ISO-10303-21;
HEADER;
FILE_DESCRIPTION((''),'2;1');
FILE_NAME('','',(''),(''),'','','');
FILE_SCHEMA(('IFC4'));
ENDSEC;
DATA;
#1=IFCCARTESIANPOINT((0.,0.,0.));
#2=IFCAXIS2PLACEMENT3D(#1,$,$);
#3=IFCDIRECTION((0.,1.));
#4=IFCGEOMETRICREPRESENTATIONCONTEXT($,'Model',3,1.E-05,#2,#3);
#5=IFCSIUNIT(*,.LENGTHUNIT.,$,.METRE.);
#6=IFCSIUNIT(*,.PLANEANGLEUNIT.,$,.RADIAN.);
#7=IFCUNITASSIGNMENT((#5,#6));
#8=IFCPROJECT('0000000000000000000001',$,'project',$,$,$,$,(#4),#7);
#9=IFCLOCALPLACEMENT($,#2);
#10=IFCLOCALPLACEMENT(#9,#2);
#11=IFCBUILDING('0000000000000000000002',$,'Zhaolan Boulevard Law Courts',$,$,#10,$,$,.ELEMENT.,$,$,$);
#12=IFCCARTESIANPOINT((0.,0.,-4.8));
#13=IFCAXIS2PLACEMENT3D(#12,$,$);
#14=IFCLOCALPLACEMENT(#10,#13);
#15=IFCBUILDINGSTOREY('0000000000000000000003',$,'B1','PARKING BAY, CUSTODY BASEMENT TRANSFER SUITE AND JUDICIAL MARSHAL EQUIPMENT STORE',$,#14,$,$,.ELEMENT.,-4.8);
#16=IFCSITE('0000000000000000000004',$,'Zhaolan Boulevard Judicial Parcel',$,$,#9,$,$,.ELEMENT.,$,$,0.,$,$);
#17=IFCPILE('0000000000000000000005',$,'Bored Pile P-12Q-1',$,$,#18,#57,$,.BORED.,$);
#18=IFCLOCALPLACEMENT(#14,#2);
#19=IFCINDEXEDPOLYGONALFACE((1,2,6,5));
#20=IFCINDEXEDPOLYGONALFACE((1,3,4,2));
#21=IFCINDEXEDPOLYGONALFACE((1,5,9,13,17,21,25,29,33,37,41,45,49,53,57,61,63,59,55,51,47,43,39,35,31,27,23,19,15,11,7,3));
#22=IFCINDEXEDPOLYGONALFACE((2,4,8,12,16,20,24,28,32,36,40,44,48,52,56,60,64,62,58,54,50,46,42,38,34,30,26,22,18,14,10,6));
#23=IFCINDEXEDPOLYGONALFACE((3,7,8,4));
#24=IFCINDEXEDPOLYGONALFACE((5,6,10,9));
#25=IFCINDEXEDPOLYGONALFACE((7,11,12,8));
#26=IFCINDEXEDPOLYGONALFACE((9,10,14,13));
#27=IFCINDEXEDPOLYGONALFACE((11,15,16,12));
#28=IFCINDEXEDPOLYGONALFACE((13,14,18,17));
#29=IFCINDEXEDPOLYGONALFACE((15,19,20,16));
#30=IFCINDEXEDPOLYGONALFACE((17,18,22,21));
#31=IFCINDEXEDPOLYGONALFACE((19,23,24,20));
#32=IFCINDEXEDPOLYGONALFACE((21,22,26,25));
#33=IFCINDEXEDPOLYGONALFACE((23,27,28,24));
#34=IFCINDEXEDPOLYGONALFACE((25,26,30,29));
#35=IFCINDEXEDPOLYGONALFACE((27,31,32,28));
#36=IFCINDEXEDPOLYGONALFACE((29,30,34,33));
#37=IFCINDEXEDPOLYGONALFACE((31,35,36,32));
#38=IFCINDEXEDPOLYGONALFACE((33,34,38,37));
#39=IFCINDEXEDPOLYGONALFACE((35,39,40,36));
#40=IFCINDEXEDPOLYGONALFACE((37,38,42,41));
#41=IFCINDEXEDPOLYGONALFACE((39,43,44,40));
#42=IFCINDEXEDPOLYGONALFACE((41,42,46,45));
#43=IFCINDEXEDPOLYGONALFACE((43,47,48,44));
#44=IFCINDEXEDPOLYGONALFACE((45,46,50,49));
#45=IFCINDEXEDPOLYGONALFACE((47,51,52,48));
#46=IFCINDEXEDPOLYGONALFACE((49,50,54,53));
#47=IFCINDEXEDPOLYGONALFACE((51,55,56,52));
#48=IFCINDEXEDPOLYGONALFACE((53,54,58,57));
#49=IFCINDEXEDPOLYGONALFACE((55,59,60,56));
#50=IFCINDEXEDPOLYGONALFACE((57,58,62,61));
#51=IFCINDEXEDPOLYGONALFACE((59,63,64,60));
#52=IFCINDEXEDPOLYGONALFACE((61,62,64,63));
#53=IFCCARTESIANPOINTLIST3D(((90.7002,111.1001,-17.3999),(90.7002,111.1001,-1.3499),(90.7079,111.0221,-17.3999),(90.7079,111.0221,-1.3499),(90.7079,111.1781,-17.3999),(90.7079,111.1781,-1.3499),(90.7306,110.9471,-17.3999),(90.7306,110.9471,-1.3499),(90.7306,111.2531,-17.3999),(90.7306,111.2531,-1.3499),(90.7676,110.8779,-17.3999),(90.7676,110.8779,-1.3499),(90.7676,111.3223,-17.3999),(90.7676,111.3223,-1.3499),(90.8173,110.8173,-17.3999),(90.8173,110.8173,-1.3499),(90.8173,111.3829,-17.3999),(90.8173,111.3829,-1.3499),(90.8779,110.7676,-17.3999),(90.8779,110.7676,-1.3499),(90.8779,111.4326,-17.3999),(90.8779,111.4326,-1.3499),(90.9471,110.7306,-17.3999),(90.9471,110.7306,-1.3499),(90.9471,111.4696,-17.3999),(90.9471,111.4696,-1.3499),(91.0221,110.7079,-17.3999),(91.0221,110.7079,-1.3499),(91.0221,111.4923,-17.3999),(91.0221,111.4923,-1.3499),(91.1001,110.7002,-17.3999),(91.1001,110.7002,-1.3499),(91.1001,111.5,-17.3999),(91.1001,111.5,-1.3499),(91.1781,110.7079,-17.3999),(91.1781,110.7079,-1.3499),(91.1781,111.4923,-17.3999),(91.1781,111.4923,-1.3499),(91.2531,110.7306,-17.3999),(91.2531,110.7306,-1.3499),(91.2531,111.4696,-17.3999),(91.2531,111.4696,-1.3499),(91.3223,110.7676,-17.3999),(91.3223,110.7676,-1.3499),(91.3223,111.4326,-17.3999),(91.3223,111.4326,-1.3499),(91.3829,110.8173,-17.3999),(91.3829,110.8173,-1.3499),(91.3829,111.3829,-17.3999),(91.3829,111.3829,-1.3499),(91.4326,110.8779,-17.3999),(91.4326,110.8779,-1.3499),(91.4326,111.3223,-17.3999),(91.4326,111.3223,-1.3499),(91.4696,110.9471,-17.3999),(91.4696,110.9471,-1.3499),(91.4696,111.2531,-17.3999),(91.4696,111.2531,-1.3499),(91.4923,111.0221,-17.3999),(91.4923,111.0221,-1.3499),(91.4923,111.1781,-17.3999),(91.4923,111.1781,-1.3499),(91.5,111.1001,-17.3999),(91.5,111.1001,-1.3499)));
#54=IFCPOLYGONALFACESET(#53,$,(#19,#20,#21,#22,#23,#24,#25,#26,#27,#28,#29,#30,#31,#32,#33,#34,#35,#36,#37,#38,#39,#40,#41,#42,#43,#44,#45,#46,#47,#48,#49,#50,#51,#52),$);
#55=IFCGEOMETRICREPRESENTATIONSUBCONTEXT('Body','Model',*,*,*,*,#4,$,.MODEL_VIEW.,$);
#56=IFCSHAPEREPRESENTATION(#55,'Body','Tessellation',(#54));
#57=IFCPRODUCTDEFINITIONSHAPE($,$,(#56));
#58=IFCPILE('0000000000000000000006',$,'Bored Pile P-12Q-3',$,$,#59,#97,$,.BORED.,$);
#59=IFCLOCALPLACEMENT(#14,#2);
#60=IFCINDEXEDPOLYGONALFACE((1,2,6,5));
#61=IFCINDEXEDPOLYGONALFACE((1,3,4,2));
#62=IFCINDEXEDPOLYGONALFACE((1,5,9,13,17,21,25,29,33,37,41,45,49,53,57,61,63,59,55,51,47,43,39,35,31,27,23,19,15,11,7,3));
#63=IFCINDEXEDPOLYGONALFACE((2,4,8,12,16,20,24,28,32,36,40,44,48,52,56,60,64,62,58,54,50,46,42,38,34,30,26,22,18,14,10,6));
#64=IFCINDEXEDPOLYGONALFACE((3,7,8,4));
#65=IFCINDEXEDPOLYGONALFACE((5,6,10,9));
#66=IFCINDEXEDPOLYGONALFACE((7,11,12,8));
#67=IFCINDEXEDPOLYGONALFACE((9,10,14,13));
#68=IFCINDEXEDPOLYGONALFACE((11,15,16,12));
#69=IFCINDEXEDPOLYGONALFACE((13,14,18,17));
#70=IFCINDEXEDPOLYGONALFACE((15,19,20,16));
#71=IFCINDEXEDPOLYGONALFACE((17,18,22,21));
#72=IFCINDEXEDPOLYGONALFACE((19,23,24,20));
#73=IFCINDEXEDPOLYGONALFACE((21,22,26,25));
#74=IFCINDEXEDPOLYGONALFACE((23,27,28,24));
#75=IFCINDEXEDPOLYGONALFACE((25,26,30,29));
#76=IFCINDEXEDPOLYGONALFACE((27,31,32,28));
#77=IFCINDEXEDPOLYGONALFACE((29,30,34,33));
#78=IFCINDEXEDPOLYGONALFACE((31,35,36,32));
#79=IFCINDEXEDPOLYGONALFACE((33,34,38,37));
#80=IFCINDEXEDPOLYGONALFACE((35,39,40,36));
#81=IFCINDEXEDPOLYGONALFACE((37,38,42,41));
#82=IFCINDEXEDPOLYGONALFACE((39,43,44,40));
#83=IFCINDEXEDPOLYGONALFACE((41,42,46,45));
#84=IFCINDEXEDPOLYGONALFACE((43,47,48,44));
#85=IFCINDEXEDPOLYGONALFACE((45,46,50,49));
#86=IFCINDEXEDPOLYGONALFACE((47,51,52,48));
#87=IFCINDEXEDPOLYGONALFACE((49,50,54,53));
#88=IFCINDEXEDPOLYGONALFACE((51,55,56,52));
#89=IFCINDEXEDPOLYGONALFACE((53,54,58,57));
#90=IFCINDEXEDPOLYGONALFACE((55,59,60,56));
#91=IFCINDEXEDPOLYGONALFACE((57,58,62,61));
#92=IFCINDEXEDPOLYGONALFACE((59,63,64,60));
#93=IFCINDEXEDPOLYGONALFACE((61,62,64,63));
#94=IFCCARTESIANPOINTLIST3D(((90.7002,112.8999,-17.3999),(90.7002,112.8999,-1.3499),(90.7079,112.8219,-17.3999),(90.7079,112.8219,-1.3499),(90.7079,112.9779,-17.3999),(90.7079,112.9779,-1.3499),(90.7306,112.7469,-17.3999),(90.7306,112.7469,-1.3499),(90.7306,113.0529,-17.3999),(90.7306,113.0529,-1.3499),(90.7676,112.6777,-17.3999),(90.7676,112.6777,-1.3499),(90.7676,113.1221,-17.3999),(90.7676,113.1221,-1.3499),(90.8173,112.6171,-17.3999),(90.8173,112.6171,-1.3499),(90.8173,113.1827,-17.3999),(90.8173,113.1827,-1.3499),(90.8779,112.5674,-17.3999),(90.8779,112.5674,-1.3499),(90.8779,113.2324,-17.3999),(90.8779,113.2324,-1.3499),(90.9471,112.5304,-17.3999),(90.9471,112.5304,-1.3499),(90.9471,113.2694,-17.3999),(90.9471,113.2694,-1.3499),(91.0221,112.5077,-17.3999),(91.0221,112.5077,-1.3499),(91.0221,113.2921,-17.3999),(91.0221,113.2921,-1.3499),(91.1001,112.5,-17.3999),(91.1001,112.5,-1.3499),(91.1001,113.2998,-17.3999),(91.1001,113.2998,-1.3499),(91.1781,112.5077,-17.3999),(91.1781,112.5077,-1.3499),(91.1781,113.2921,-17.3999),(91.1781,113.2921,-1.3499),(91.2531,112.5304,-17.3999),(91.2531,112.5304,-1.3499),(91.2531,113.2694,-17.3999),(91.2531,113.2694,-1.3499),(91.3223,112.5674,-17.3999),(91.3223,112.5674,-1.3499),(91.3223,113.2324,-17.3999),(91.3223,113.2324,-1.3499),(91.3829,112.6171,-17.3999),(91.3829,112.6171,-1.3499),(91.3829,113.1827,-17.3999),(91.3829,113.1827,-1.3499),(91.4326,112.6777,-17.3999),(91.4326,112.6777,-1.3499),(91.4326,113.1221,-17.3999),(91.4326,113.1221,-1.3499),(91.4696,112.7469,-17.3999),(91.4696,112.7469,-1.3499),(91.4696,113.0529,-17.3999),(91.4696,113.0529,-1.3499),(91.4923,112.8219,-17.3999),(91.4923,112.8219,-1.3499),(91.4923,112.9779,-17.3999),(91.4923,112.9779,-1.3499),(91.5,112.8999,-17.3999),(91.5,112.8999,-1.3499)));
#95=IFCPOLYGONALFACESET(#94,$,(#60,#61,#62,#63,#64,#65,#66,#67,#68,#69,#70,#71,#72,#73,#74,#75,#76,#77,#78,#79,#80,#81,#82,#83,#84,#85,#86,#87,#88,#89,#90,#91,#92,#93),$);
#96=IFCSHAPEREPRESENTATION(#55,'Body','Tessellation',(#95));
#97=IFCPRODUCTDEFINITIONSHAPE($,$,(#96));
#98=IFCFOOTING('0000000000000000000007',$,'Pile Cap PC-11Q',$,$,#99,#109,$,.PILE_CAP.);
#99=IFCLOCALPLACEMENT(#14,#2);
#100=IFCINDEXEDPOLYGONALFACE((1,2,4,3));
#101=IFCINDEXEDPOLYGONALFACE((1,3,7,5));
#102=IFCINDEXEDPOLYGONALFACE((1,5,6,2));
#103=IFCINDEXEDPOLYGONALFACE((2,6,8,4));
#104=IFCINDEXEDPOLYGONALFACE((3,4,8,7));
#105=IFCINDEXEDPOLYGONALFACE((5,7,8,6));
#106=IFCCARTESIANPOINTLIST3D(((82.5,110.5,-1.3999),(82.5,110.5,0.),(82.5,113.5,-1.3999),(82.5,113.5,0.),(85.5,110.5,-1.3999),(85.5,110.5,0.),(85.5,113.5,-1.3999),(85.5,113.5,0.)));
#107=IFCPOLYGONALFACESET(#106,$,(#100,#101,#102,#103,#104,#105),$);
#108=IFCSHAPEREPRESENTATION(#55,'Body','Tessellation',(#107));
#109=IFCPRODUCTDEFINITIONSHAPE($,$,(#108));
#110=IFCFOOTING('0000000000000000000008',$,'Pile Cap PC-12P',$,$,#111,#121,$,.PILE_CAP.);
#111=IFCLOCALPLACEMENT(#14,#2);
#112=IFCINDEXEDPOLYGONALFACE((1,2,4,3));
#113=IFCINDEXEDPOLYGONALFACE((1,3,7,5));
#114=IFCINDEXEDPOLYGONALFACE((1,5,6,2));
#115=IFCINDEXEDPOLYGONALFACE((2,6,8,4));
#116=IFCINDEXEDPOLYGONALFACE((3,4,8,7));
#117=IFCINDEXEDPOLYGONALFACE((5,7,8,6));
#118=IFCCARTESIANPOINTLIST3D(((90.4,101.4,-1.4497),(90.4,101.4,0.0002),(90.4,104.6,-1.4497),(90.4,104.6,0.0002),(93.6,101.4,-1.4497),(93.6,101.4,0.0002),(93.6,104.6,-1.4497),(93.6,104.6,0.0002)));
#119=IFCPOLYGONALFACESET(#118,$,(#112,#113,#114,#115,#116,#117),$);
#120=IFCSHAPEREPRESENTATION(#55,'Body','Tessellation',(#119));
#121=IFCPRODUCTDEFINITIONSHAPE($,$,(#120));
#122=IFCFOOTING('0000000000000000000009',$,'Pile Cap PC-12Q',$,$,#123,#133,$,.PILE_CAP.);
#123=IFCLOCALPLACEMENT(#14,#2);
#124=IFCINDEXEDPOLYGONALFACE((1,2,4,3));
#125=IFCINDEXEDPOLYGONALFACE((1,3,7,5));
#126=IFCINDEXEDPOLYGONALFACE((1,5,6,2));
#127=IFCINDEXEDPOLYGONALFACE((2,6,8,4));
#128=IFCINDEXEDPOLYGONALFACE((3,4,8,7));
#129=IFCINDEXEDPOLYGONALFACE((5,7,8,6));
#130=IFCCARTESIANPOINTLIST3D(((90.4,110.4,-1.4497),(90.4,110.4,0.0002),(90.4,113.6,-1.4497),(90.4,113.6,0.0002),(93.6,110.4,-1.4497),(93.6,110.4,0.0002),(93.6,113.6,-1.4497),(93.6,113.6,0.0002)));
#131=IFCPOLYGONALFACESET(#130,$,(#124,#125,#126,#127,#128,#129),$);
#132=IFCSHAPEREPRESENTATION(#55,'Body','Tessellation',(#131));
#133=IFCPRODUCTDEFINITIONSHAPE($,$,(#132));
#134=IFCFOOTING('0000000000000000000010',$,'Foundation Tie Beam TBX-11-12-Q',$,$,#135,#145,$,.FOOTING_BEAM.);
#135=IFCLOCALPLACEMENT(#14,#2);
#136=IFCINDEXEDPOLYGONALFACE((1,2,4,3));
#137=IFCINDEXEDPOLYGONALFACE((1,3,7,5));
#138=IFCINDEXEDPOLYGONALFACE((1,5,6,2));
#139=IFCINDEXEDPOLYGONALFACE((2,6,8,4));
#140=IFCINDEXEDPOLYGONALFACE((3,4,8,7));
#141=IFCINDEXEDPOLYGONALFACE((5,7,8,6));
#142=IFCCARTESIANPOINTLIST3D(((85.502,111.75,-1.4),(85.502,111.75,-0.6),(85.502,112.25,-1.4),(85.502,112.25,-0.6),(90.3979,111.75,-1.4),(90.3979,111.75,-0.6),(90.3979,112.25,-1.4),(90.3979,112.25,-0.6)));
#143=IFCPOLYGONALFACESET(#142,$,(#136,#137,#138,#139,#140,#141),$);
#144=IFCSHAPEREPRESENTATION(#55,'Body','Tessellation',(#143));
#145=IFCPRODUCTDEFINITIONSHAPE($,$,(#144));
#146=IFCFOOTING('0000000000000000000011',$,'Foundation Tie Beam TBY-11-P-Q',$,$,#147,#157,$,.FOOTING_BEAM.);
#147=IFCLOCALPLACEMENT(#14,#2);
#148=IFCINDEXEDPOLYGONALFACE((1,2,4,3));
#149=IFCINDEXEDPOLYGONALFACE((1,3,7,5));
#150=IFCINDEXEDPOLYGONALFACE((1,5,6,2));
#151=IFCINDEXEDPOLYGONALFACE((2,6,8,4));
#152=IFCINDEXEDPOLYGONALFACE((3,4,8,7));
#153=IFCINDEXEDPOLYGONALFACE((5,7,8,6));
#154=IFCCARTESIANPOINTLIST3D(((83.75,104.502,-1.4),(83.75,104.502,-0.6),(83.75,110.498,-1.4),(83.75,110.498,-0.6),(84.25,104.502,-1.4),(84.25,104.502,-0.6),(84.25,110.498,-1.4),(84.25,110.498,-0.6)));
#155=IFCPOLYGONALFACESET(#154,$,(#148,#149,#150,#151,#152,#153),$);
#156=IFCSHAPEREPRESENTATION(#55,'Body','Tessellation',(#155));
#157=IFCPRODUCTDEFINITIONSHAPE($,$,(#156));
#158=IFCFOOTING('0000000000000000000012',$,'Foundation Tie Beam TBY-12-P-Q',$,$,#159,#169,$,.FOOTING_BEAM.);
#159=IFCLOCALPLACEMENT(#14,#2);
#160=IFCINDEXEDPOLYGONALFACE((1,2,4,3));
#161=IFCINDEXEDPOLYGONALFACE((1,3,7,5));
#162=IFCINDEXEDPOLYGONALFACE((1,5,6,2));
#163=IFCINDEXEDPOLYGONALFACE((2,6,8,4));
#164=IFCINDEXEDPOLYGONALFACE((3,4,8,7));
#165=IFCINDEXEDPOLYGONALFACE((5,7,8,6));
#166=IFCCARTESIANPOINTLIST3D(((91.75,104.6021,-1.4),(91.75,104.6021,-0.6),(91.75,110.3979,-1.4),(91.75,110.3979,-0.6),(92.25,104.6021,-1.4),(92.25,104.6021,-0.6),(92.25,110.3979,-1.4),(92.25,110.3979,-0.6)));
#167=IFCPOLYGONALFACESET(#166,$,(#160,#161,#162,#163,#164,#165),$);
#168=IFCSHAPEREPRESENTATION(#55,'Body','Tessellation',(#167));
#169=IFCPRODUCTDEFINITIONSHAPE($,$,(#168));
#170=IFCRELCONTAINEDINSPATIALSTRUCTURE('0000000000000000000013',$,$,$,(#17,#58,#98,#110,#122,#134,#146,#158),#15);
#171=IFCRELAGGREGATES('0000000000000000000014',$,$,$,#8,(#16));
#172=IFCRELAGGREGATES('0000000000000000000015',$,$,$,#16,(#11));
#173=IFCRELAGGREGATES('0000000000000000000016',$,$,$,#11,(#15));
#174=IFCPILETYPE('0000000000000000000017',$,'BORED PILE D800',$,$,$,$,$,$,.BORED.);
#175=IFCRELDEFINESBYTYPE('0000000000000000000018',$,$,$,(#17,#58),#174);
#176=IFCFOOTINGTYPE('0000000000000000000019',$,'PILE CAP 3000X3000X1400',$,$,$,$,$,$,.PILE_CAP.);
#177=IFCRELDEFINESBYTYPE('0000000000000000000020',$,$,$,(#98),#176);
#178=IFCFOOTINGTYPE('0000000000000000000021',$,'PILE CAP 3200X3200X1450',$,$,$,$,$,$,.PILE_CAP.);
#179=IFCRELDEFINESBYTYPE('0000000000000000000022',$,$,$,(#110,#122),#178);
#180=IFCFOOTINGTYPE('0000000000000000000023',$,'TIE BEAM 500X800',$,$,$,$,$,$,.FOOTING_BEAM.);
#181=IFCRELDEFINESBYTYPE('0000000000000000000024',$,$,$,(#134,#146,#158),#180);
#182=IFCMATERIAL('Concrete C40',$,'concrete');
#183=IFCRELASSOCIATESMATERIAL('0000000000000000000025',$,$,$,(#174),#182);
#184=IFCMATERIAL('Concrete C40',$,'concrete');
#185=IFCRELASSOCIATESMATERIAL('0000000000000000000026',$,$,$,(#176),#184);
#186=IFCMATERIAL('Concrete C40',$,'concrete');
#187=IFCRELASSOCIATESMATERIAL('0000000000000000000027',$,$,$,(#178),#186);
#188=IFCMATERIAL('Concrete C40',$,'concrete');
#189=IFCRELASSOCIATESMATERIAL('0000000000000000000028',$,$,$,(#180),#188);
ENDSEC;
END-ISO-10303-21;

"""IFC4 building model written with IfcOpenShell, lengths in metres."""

from ifc_helpers import new_model, si_unit, direction, frame, origin, origin_2d, place, context, subcontext, project, spatial, rectangle, circle, extrude, material, material_profile, profile_set, type_object, element, save


model = new_model("IFC4")

# Units and contexts
model_context = context("Model", 3, precision=1e-05, world=origin(), true_north=direction((0.0, 1.0)))
body_context = subcontext(model_context, "Body", "Model", "MODEL_VIEW")
ifc_project = project(units=[si_unit("LENGTHUNIT", "METRE"), si_unit("PLANEANGLEUNIT", "RADIAN")], contexts=[model_context])

# Site, building, storey
site_placement = place(None, origin())
site = spatial("IfcSite", under=ifc_project, at=site_placement, Name="Zhaolan Boulevard Judicial Parcel", CompositionType="ELEMENT", RefElevation=0.0)
building_placement = place(site_placement, origin())
building = spatial("IfcBuilding", under=site, at=building_placement, Name="Zhaolan Boulevard Law Courts", CompositionType="ELEMENT")
storey_placement = place(building_placement, frame((0.0, 0.0, -4.8)))
storey = spatial("IfcBuildingStorey", under=building, at=storey_placement, Name="B1", Description="PARKING BAY, CUSTODY BASEMENT TRANSFER SUITE AND JUDICIAL MARSHAL EQUIPMENT STORE", CompositionType="ELEMENT", Elevation=-4.8)

# Piles
ifc_material_1 = material(Name="Concrete C40", Category="concrete")
ifc_material_profile_1 = material_profile(ifc_material_1, circle(Radius=0.3999, at=origin_2d()), Name="PILE-D800")
ifc_profile_set_1 = profile_set([ifc_material_profile_1], Name="Concrete C40")
pile_type = type_object("IfcPileType", Name="BORED PILE D800", PredefinedType="BORED", material=ifc_profile_set_1)
for number, where, z_axis, x_axis, name in (
    (1, (91.1001, 111.1001, -1.3499), (0.0, 0.0, -1.0), (1.0, 0.0, 0.0), "Bored Pile P-12Q-1"),
    (2, (91.1001, 112.8999, -1.3499), (0.0, 0.0, -1.0), (1.0, 0.0, 0.0), "Bored Pile P-12Q-3"),
):
    element("IfcPile", number, at=place(storey_placement, frame(where, z_axis=z_axis, x_axis=x_axis)), inside=storey, type_object=pile_type, Name=name, PredefinedType="BORED", context=body_context, shape_type="SweptSolid", body=[
        extrude(circle(Radius=0.3999, at=origin_2d()), origin(), (0.0, 0.0, 1.0), 16.05),
    ])

# Footings
ifc_material_2 = material(Name="Concrete C40", Category="concrete")
footing_type_1 = type_object("IfcFootingType", Name="PILE CAP 3000X3000X1400", PredefinedType="PILE_CAP", material=ifc_material_2)
footing_1_placement = place(storey_placement, frame((84.0, 112.0, -1.3999), z_axis=(0.0, 0.0, 1.0), x_axis=(1.0, 0.0, 0.0)))
element("IfcFooting", 3, at=footing_1_placement, inside=storey, type_object=footing_type_1, Name="Pile Cap PC-11Q", PredefinedType="PILE_CAP", context=body_context, shape_type="SweptSolid", body=[
    extrude(rectangle(XDim=3.0, YDim=3.0, at=origin_2d()), origin(), (0.0, 0.0, 1.0), 1.3999),
])
ifc_material_3 = material(Name="Concrete C40", Category="concrete")
footing_type_2 = type_object("IfcFootingType", Name="PILE CAP 3200X3200X1450", PredefinedType="PILE_CAP", material=ifc_material_3)
for number, where, z_axis, x_axis, name in (
    (4, (92.0, 103.0, -1.4497), (0.0, 0.0, 1.0), (1.0, 0.0, 0.0), "Pile Cap PC-12P"),
    (5, (92.0, 112.0, -1.4497), (0.0, 0.0, 1.0), (1.0, 0.0, 0.0), "Pile Cap PC-12Q"),
):
    element("IfcFooting", number, at=place(storey_placement, frame(where, z_axis=z_axis, x_axis=x_axis)), inside=storey, type_object=footing_type_2, Name=name, PredefinedType="PILE_CAP", context=body_context, shape_type="SweptSolid", body=[
        extrude(rectangle(XDim=3.2, YDim=3.2, at=origin_2d()), origin(), (0.0, 0.0, 1.0), 1.45),
    ])
ifc_material_4 = material(Name="Concrete C40", Category="concrete")
ifc_material_profile_2 = material_profile(ifc_material_4, rectangle(XDim=0.5, YDim=0.8, at=origin_2d()), Name="RC500x800")
ifc_profile_set_2 = profile_set([ifc_material_profile_2], Name="Concrete C40")
footing_type_3 = type_object("IfcFootingType", Name="TIE BEAM 500X800", PredefinedType="FOOTING_BEAM", material=ifc_profile_set_2)
footing_2_placement = place(storey_placement, frame((85.502, 112.0, -1.0), z_axis=(1.0, 0.0, 0.0), x_axis=(0.0, 1.0, 0.0)))
element("IfcFooting", 6, at=footing_2_placement, inside=storey, type_object=footing_type_3, Name="Foundation Tie Beam TBX-11-12-Q", PredefinedType="FOOTING_BEAM", context=body_context, shape_type="SweptSolid", body=[
    extrude(rectangle(XDim=0.5, YDim=0.8, at=origin_2d()), origin(), (0.0, 0.0, 1.0), 4.896),
])
footing_3_placement = place(storey_placement, frame((84.0, 104.502, -1.0), z_axis=(0.0, 1.0, 0.0), x_axis=(-1.0, 0.0, 0.0)))
element("IfcFooting", 7, at=footing_3_placement, inside=storey, type_object=footing_type_3, Name="Foundation Tie Beam TBY-11-P-Q", PredefinedType="FOOTING_BEAM", context=body_context, shape_type="SweptSolid", body=[
    extrude(rectangle(XDim=0.5, YDim=0.8, at=origin_2d()), origin(), (0.0, 0.0, 1.0), 5.9961),
])
footing_4_placement = place(storey_placement, frame((92.0, 104.6021, -1.0), z_axis=(0.0, 1.0, 0.0), x_axis=(-1.0, 0.0, 0.0)))
element("IfcFooting", 8, at=footing_4_placement, inside=storey, type_object=footing_type_3, Name="Foundation Tie Beam TBY-12-P-Q", PredefinedType="FOOTING_BEAM", context=body_context, shape_type="SweptSolid", body=[
    extrude(rectangle(XDim=0.5, YDim=0.8, at=origin_2d()), origin(), (0.0, 0.0, 1.0), 5.7959),
])

save(model, "model.ifc")
